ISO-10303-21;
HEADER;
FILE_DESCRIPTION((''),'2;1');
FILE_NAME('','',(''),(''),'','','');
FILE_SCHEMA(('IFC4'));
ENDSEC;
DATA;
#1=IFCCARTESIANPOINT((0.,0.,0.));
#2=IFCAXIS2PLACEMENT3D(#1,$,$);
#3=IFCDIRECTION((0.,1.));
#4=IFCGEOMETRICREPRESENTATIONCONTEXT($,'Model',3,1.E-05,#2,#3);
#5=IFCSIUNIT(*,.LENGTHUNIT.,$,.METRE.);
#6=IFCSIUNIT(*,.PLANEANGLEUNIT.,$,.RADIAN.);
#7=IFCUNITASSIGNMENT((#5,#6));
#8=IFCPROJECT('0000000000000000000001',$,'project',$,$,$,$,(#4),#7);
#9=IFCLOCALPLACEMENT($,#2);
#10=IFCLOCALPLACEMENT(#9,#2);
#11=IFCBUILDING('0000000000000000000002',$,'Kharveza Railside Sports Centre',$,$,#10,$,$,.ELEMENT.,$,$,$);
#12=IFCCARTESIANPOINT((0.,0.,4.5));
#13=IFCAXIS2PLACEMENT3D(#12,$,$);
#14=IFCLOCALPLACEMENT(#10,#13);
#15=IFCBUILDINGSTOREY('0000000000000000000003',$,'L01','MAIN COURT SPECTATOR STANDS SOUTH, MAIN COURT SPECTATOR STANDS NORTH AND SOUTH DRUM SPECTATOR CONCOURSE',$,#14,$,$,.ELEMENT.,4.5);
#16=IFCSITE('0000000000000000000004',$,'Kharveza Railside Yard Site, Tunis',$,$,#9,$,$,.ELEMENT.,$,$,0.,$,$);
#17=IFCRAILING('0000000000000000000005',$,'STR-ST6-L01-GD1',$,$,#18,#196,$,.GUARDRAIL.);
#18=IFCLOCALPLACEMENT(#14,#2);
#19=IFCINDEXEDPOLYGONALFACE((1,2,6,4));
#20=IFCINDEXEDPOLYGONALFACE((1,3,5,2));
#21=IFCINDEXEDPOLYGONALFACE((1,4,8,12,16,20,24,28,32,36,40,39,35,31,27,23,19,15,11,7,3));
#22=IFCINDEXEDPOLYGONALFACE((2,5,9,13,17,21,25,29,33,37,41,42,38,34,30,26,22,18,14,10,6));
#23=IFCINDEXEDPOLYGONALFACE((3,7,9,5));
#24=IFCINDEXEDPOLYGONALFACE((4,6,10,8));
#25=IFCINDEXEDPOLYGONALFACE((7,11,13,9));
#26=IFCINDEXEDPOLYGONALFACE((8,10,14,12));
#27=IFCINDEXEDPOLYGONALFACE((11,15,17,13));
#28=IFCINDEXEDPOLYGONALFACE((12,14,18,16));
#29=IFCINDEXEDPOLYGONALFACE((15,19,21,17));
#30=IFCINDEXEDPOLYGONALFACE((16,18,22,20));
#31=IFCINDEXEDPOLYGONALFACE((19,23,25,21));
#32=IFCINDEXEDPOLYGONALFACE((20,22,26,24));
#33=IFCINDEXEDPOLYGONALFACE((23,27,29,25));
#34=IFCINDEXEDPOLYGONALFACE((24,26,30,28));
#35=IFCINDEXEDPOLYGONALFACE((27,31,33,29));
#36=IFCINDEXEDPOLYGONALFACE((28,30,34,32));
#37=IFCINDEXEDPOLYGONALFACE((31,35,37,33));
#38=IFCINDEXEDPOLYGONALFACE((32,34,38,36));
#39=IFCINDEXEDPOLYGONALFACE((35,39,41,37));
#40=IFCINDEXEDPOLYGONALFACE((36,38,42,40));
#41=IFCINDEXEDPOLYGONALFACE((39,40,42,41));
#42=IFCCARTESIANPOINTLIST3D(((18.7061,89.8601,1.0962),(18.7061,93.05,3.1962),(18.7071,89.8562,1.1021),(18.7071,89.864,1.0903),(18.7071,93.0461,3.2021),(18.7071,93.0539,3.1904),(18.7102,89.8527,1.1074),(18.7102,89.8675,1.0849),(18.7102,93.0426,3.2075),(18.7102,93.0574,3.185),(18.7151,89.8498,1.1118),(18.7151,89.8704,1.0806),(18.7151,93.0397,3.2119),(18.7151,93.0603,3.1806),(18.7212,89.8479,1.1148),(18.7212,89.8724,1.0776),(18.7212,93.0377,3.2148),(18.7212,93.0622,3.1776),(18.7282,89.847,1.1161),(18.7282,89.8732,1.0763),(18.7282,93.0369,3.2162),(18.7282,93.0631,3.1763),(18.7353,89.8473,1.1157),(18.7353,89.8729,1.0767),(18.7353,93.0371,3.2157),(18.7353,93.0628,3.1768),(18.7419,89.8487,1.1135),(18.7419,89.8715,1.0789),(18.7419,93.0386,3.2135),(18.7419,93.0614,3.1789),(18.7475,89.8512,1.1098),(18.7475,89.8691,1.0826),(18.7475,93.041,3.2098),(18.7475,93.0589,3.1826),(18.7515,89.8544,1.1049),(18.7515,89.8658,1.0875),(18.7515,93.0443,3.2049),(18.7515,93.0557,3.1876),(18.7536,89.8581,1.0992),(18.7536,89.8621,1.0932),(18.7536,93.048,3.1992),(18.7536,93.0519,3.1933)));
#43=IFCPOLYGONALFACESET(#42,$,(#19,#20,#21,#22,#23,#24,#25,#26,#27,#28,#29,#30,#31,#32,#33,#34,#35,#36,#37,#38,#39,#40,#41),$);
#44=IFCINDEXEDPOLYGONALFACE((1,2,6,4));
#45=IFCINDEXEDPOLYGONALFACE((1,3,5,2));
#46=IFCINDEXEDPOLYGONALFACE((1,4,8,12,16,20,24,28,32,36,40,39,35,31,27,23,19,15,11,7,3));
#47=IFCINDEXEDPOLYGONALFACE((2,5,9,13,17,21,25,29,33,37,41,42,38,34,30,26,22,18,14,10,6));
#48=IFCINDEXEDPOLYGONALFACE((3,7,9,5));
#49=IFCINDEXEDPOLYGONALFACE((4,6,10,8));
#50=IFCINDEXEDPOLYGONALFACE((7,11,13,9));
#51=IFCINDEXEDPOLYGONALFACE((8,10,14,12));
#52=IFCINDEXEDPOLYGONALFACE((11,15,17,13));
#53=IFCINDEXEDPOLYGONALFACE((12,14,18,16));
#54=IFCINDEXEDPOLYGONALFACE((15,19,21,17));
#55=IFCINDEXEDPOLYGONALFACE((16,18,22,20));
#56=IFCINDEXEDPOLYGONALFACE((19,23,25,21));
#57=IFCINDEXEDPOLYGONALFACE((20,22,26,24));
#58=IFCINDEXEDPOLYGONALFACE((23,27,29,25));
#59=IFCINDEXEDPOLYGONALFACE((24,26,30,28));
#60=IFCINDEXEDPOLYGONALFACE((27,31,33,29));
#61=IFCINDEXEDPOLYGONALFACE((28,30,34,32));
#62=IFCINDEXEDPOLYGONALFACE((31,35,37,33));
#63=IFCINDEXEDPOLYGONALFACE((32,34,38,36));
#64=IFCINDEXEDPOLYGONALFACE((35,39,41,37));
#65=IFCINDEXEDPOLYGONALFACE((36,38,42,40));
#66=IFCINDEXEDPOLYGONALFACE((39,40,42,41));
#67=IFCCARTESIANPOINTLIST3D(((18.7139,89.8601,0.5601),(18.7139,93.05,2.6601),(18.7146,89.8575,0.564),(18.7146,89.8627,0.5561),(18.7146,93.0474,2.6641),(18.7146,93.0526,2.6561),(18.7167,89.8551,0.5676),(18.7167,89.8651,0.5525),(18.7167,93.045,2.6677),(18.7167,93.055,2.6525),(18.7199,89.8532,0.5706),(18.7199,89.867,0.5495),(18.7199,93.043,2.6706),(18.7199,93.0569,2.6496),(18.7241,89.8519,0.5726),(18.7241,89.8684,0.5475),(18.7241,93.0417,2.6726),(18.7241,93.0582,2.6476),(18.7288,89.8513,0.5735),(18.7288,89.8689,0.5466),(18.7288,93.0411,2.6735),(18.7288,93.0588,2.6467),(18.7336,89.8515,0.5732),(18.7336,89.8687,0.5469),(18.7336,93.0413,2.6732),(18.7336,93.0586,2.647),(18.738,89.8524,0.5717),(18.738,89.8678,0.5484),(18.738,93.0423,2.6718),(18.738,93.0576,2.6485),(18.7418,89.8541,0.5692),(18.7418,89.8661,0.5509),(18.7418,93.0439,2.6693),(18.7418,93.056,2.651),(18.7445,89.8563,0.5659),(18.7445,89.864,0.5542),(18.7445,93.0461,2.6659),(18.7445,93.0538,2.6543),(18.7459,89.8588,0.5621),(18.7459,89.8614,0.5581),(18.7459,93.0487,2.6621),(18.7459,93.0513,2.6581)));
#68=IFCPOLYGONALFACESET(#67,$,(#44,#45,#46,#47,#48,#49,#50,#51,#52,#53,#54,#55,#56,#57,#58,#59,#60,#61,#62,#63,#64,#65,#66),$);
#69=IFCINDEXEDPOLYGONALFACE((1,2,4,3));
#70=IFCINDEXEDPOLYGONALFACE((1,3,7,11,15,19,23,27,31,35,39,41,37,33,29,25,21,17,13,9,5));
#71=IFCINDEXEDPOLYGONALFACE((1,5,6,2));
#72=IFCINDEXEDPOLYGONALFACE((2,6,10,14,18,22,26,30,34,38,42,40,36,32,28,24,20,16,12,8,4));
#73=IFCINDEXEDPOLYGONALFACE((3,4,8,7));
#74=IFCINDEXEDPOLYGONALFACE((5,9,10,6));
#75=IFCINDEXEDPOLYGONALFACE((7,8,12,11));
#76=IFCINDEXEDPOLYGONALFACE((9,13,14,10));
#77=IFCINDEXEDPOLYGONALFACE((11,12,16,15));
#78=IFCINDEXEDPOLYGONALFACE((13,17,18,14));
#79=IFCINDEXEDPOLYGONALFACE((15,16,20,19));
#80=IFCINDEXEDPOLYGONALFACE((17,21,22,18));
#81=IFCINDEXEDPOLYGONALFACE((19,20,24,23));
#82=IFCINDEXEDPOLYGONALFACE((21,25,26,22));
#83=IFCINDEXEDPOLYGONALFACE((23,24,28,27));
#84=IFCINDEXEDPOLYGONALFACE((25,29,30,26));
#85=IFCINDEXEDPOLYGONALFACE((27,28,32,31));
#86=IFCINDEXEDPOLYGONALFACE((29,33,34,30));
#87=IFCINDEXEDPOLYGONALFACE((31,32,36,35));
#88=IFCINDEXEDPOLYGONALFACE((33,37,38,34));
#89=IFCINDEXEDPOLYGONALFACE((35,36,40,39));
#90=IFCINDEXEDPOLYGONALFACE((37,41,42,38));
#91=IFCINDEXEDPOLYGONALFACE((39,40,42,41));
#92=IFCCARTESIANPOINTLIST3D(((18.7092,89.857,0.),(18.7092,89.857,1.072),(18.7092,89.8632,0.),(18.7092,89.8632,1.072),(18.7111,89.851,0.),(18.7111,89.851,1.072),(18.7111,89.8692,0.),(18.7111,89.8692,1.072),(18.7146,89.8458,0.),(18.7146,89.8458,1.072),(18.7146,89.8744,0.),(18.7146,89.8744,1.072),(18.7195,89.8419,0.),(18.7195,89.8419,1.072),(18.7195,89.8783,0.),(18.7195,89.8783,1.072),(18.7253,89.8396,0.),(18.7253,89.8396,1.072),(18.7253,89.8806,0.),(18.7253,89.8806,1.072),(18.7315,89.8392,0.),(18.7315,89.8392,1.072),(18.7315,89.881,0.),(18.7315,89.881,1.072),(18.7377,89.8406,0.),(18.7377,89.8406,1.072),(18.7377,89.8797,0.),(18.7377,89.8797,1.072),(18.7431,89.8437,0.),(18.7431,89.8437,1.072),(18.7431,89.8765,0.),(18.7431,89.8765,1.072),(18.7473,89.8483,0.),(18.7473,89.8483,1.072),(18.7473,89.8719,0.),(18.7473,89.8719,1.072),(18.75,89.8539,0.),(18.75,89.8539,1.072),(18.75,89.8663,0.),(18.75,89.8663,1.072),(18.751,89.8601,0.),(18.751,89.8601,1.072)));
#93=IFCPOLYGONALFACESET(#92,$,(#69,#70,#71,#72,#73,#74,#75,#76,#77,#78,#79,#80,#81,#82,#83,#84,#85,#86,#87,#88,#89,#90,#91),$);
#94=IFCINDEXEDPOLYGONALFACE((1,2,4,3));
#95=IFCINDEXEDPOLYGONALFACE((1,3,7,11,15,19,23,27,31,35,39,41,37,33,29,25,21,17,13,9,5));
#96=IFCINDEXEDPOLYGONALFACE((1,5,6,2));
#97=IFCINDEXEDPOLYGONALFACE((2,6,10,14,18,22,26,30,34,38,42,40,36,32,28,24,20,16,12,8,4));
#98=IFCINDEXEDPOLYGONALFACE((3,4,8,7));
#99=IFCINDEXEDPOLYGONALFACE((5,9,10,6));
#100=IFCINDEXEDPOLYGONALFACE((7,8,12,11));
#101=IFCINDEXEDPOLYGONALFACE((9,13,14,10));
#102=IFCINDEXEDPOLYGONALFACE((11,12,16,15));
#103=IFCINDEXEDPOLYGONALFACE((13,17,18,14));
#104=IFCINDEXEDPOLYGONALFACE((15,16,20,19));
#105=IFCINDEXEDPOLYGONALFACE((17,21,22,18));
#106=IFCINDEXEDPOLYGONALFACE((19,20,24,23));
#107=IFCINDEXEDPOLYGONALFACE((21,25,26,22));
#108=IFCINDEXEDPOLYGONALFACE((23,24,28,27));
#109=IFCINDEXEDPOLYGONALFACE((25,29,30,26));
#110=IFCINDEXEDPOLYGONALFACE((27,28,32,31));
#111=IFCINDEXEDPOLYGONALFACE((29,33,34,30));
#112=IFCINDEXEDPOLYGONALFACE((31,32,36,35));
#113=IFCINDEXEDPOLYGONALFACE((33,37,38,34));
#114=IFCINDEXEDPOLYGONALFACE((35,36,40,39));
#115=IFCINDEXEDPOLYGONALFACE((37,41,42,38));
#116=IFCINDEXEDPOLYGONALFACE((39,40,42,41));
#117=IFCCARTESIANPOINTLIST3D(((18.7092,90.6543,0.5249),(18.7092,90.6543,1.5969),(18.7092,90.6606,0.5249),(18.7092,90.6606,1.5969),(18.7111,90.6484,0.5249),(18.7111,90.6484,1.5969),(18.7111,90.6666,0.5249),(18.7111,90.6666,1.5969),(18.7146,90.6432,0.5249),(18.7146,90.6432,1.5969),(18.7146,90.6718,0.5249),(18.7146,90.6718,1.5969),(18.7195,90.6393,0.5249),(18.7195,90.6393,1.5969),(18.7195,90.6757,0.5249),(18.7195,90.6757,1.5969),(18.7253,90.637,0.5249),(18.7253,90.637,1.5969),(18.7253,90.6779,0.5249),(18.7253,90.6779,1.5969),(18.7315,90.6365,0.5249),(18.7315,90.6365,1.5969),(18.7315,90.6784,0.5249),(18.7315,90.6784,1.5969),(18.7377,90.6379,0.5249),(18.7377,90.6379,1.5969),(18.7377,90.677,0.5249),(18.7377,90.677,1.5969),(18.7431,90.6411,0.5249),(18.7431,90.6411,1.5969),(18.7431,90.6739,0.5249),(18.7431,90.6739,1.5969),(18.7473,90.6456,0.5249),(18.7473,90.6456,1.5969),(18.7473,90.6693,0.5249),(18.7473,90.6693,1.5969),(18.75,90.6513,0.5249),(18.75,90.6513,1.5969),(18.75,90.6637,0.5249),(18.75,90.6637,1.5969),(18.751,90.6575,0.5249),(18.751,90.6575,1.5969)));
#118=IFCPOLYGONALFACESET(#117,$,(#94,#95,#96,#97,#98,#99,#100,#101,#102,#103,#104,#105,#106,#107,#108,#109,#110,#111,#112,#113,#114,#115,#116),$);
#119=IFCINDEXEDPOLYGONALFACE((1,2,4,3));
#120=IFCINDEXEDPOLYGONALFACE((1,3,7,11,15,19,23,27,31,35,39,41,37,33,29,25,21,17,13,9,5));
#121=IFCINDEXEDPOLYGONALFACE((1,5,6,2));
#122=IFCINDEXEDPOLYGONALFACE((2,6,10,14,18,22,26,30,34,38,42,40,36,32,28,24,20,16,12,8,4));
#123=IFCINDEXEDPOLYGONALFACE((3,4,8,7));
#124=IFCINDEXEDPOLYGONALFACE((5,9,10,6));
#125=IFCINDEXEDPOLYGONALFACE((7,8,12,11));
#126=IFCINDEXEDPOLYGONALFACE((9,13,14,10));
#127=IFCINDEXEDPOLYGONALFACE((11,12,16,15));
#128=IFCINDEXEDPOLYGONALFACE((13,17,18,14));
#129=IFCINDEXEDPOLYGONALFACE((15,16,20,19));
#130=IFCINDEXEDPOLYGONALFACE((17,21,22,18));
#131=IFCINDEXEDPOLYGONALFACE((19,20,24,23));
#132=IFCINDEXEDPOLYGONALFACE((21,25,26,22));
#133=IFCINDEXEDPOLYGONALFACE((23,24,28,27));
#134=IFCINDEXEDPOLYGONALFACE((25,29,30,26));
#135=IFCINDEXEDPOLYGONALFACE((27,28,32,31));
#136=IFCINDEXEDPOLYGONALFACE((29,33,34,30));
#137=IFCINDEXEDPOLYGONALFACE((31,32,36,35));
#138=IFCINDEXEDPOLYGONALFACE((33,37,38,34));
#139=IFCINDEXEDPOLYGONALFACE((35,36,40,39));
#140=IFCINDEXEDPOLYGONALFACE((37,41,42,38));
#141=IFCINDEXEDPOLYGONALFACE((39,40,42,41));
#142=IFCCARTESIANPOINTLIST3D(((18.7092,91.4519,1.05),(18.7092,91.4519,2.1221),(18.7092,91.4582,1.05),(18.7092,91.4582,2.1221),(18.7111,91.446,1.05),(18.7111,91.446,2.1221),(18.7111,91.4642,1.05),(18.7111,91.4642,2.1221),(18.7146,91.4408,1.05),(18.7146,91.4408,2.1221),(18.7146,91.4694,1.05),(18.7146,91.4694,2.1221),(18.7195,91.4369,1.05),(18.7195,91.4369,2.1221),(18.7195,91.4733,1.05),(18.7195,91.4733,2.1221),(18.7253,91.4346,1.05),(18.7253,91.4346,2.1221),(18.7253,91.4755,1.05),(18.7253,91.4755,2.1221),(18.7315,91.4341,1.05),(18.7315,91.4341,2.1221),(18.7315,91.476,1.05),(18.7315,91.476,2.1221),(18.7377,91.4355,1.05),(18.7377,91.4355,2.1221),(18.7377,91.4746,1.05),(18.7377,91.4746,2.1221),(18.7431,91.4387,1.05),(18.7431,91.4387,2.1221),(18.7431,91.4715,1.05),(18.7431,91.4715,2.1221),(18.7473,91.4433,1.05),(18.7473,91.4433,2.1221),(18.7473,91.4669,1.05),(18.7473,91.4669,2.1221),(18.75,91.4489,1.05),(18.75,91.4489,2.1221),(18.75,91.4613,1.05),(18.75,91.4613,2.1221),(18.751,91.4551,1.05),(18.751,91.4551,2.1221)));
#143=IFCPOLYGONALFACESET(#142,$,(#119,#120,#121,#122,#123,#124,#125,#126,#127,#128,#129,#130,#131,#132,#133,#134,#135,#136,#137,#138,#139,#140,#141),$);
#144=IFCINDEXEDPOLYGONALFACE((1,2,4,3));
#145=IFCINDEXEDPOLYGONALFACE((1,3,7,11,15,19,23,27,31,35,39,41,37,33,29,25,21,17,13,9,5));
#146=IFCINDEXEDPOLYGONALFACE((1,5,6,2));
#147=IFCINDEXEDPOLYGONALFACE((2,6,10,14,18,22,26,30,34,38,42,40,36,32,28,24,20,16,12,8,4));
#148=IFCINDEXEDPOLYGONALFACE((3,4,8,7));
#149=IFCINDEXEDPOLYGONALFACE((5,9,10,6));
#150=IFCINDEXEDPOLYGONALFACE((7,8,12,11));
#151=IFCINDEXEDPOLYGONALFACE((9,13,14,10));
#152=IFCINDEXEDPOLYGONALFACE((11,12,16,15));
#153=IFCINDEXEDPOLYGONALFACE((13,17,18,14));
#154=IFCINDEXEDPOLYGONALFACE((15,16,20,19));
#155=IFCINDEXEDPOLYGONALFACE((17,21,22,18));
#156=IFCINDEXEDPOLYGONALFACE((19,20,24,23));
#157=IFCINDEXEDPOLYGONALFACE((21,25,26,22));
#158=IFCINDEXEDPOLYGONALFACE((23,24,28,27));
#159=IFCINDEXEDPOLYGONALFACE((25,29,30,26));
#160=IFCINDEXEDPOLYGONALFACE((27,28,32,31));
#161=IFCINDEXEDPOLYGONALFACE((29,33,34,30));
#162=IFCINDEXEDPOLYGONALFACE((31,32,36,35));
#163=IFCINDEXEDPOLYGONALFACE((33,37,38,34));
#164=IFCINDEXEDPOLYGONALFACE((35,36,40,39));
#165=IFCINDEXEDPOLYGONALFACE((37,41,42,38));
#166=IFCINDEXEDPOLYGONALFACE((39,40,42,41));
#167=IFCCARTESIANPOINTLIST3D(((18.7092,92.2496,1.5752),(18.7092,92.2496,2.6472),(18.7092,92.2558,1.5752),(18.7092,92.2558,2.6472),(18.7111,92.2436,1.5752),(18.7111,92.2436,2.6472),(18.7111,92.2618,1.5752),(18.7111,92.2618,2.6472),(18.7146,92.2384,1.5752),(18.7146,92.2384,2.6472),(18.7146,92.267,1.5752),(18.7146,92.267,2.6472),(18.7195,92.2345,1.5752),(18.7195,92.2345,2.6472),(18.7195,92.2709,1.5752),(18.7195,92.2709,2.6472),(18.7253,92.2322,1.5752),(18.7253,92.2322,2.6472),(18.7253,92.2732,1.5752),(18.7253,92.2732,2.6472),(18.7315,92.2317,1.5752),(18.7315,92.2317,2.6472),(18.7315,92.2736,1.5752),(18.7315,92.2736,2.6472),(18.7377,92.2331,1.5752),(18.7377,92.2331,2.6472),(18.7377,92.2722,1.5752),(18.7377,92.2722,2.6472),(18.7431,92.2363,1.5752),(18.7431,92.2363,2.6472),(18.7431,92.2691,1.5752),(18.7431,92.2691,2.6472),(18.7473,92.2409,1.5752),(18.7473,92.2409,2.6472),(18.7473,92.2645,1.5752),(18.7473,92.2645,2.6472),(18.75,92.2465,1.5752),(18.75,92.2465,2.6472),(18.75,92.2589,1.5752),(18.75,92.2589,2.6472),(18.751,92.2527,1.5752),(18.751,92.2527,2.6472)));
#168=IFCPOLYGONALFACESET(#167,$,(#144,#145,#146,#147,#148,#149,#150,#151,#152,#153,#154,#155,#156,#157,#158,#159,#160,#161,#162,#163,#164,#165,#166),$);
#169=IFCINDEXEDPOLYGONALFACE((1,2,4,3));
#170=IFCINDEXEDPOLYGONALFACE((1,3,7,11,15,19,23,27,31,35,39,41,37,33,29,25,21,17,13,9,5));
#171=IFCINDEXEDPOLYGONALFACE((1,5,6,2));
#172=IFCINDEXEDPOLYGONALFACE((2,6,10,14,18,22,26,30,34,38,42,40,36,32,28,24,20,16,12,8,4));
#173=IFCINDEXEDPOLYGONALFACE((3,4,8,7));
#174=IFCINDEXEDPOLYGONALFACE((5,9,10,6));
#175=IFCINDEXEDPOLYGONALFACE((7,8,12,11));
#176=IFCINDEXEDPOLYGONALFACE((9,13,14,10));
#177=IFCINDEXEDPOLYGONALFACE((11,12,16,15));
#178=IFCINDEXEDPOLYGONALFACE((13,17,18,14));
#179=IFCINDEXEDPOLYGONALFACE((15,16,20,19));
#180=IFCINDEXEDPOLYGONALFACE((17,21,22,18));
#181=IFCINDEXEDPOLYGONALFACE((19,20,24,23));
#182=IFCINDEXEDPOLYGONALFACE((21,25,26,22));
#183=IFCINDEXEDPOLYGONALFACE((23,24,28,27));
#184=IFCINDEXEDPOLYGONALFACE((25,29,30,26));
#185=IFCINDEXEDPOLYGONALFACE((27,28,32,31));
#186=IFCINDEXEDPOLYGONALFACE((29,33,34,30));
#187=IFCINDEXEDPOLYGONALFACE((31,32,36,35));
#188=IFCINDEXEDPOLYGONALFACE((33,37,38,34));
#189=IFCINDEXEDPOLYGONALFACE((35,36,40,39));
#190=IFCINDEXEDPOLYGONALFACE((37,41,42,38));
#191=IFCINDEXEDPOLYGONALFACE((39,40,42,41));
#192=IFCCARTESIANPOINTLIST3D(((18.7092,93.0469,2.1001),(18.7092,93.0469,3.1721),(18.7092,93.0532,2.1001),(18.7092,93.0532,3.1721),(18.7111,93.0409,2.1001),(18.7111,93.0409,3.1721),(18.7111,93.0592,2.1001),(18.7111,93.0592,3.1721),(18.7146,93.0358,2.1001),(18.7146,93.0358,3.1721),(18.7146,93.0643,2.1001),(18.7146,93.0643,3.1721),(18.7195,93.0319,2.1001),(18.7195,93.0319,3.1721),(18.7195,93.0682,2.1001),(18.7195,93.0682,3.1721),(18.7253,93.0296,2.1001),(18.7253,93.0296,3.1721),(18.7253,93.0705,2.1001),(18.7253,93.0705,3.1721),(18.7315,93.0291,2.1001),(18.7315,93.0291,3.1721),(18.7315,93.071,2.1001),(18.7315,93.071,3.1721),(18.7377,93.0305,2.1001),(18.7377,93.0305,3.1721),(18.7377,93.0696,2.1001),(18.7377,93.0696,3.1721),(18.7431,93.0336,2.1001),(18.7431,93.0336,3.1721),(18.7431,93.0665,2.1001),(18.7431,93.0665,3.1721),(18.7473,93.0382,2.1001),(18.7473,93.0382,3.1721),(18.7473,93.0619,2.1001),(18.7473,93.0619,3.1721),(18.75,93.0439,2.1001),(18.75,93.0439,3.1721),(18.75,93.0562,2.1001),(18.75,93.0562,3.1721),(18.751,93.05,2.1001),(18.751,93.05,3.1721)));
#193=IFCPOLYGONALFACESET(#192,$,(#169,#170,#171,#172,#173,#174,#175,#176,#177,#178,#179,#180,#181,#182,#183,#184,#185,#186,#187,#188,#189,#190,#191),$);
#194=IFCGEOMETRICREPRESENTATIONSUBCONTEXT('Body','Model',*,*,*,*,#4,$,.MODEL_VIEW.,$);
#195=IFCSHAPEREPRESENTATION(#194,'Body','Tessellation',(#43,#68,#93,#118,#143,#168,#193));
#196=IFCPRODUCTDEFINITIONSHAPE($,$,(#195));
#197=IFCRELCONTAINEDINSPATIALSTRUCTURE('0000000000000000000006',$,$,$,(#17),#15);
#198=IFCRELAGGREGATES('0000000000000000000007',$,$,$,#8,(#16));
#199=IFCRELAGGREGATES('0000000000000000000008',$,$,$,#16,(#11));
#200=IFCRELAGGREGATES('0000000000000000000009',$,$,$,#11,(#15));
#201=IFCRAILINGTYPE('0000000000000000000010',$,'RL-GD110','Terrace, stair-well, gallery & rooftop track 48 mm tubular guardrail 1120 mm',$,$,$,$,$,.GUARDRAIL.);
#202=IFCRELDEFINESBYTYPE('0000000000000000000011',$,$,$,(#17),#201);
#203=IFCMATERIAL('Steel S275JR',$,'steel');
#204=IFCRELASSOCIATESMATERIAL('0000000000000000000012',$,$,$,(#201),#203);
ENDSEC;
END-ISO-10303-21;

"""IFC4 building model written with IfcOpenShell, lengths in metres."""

from ifc_helpers import new_model, si_unit, direction, frame, origin, origin_2d, place, context, subcontext, project, spatial, circle, extrude, material, type_object, element, save


model = new_model("IFC4")

# Units and contexts
model_context = context("Model", 3, precision=1e-05, world=origin(), true_north=direction((0.0, 1.0)))
body_context = subcontext(model_context, "Body", "Model", "MODEL_VIEW")
ifc_project = project(units=[si_unit("LENGTHUNIT", "METRE"), si_unit("PLANEANGLEUNIT", "RADIAN")], contexts=[model_context])

# Site, building, storey
site_placement = place(None, origin())
site = spatial("IfcSite", under=ifc_project, at=site_placement, Name="Kharveza Railside Yard Site, Tunis", CompositionType="ELEMENT", RefElevation=0.0)
building_placement = place(site_placement, origin())
building = spatial("IfcBuilding", under=site, at=building_placement, Name="Kharveza Railside Sports Centre", CompositionType="ELEMENT")
storey_placement = place(building_placement, frame((0.0, 0.0, 4.5)))
storey = spatial("IfcBuildingStorey", under=building, at=storey_placement, Name="L01", Description="MAIN COURT SPECTATOR STANDS SOUTH, MAIN COURT SPECTATOR STANDS NORTH AND SOUTH DRUM SPECTATOR CONCOURSE", CompositionType="ELEMENT", Elevation=4.5)

# Railing
ifc_material_1 = material(Name="Steel S275JR", Category="steel")
railing_type_1 = type_object("IfcRailingType", Name="RL-GD110", Description="Terrace, stair-well, gallery & rooftop track 48 mm tubular guardrail 1120 mm", PredefinedType="GUARDRAIL", material=ifc_material_1)
railing_1_placement = place(storey_placement, frame((18.73, 89.8601, 0.0)))
element("IfcRailing", 1, at=railing_1_placement, inside=storey, type_object=railing_type_1, Name="STR-ST6-L01-GD1", PredefinedType="GUARDRAIL", context=body_context, shape_type="SweptSolid", body=[
    extrude(circle(Radius=0.0239, at=origin_2d()), frame((0.0, 0.0, 1.0962), z_axis=(0.0, 0.835242, 0.549882), x_axis=(-1.0, 0.0, 0.0)), (0.0, 0.0, 1.0), 3.8191),
    extrude(circle(Radius=0.0161, at=origin_2d()), frame((0.0, 0.0, 0.5601), z_axis=(0.0, 0.835242, 0.549882), x_axis=(-1.0, 0.0, 0.0)), (0.0, 0.0, 1.0), 3.8191),
    extrude(circle(Radius=0.021, at=origin_2d()), origin(), (0.0, 0.0, 1.0), 1.072),
    extrude(circle(Radius=0.021, at=origin_2d()), frame((0.0, 0.7974, 0.5249)), (0.0, 0.0, 1.0), 1.072),
    extrude(circle(Radius=0.021, at=origin_2d()), frame((0.0, 1.595, 1.05)), (0.0, 0.0, 1.0), 1.072),
    extrude(circle(Radius=0.021, at=origin_2d()), frame((0.0, 2.3926, 1.5752)), (0.0, 0.0, 1.0), 1.072),
    extrude(circle(Radius=0.021, at=origin_2d()), frame((0.0, 3.1899, 2.1001)), (0.0, 0.0, 1.0), 1.072),
])

save(model, "model.ifc")
